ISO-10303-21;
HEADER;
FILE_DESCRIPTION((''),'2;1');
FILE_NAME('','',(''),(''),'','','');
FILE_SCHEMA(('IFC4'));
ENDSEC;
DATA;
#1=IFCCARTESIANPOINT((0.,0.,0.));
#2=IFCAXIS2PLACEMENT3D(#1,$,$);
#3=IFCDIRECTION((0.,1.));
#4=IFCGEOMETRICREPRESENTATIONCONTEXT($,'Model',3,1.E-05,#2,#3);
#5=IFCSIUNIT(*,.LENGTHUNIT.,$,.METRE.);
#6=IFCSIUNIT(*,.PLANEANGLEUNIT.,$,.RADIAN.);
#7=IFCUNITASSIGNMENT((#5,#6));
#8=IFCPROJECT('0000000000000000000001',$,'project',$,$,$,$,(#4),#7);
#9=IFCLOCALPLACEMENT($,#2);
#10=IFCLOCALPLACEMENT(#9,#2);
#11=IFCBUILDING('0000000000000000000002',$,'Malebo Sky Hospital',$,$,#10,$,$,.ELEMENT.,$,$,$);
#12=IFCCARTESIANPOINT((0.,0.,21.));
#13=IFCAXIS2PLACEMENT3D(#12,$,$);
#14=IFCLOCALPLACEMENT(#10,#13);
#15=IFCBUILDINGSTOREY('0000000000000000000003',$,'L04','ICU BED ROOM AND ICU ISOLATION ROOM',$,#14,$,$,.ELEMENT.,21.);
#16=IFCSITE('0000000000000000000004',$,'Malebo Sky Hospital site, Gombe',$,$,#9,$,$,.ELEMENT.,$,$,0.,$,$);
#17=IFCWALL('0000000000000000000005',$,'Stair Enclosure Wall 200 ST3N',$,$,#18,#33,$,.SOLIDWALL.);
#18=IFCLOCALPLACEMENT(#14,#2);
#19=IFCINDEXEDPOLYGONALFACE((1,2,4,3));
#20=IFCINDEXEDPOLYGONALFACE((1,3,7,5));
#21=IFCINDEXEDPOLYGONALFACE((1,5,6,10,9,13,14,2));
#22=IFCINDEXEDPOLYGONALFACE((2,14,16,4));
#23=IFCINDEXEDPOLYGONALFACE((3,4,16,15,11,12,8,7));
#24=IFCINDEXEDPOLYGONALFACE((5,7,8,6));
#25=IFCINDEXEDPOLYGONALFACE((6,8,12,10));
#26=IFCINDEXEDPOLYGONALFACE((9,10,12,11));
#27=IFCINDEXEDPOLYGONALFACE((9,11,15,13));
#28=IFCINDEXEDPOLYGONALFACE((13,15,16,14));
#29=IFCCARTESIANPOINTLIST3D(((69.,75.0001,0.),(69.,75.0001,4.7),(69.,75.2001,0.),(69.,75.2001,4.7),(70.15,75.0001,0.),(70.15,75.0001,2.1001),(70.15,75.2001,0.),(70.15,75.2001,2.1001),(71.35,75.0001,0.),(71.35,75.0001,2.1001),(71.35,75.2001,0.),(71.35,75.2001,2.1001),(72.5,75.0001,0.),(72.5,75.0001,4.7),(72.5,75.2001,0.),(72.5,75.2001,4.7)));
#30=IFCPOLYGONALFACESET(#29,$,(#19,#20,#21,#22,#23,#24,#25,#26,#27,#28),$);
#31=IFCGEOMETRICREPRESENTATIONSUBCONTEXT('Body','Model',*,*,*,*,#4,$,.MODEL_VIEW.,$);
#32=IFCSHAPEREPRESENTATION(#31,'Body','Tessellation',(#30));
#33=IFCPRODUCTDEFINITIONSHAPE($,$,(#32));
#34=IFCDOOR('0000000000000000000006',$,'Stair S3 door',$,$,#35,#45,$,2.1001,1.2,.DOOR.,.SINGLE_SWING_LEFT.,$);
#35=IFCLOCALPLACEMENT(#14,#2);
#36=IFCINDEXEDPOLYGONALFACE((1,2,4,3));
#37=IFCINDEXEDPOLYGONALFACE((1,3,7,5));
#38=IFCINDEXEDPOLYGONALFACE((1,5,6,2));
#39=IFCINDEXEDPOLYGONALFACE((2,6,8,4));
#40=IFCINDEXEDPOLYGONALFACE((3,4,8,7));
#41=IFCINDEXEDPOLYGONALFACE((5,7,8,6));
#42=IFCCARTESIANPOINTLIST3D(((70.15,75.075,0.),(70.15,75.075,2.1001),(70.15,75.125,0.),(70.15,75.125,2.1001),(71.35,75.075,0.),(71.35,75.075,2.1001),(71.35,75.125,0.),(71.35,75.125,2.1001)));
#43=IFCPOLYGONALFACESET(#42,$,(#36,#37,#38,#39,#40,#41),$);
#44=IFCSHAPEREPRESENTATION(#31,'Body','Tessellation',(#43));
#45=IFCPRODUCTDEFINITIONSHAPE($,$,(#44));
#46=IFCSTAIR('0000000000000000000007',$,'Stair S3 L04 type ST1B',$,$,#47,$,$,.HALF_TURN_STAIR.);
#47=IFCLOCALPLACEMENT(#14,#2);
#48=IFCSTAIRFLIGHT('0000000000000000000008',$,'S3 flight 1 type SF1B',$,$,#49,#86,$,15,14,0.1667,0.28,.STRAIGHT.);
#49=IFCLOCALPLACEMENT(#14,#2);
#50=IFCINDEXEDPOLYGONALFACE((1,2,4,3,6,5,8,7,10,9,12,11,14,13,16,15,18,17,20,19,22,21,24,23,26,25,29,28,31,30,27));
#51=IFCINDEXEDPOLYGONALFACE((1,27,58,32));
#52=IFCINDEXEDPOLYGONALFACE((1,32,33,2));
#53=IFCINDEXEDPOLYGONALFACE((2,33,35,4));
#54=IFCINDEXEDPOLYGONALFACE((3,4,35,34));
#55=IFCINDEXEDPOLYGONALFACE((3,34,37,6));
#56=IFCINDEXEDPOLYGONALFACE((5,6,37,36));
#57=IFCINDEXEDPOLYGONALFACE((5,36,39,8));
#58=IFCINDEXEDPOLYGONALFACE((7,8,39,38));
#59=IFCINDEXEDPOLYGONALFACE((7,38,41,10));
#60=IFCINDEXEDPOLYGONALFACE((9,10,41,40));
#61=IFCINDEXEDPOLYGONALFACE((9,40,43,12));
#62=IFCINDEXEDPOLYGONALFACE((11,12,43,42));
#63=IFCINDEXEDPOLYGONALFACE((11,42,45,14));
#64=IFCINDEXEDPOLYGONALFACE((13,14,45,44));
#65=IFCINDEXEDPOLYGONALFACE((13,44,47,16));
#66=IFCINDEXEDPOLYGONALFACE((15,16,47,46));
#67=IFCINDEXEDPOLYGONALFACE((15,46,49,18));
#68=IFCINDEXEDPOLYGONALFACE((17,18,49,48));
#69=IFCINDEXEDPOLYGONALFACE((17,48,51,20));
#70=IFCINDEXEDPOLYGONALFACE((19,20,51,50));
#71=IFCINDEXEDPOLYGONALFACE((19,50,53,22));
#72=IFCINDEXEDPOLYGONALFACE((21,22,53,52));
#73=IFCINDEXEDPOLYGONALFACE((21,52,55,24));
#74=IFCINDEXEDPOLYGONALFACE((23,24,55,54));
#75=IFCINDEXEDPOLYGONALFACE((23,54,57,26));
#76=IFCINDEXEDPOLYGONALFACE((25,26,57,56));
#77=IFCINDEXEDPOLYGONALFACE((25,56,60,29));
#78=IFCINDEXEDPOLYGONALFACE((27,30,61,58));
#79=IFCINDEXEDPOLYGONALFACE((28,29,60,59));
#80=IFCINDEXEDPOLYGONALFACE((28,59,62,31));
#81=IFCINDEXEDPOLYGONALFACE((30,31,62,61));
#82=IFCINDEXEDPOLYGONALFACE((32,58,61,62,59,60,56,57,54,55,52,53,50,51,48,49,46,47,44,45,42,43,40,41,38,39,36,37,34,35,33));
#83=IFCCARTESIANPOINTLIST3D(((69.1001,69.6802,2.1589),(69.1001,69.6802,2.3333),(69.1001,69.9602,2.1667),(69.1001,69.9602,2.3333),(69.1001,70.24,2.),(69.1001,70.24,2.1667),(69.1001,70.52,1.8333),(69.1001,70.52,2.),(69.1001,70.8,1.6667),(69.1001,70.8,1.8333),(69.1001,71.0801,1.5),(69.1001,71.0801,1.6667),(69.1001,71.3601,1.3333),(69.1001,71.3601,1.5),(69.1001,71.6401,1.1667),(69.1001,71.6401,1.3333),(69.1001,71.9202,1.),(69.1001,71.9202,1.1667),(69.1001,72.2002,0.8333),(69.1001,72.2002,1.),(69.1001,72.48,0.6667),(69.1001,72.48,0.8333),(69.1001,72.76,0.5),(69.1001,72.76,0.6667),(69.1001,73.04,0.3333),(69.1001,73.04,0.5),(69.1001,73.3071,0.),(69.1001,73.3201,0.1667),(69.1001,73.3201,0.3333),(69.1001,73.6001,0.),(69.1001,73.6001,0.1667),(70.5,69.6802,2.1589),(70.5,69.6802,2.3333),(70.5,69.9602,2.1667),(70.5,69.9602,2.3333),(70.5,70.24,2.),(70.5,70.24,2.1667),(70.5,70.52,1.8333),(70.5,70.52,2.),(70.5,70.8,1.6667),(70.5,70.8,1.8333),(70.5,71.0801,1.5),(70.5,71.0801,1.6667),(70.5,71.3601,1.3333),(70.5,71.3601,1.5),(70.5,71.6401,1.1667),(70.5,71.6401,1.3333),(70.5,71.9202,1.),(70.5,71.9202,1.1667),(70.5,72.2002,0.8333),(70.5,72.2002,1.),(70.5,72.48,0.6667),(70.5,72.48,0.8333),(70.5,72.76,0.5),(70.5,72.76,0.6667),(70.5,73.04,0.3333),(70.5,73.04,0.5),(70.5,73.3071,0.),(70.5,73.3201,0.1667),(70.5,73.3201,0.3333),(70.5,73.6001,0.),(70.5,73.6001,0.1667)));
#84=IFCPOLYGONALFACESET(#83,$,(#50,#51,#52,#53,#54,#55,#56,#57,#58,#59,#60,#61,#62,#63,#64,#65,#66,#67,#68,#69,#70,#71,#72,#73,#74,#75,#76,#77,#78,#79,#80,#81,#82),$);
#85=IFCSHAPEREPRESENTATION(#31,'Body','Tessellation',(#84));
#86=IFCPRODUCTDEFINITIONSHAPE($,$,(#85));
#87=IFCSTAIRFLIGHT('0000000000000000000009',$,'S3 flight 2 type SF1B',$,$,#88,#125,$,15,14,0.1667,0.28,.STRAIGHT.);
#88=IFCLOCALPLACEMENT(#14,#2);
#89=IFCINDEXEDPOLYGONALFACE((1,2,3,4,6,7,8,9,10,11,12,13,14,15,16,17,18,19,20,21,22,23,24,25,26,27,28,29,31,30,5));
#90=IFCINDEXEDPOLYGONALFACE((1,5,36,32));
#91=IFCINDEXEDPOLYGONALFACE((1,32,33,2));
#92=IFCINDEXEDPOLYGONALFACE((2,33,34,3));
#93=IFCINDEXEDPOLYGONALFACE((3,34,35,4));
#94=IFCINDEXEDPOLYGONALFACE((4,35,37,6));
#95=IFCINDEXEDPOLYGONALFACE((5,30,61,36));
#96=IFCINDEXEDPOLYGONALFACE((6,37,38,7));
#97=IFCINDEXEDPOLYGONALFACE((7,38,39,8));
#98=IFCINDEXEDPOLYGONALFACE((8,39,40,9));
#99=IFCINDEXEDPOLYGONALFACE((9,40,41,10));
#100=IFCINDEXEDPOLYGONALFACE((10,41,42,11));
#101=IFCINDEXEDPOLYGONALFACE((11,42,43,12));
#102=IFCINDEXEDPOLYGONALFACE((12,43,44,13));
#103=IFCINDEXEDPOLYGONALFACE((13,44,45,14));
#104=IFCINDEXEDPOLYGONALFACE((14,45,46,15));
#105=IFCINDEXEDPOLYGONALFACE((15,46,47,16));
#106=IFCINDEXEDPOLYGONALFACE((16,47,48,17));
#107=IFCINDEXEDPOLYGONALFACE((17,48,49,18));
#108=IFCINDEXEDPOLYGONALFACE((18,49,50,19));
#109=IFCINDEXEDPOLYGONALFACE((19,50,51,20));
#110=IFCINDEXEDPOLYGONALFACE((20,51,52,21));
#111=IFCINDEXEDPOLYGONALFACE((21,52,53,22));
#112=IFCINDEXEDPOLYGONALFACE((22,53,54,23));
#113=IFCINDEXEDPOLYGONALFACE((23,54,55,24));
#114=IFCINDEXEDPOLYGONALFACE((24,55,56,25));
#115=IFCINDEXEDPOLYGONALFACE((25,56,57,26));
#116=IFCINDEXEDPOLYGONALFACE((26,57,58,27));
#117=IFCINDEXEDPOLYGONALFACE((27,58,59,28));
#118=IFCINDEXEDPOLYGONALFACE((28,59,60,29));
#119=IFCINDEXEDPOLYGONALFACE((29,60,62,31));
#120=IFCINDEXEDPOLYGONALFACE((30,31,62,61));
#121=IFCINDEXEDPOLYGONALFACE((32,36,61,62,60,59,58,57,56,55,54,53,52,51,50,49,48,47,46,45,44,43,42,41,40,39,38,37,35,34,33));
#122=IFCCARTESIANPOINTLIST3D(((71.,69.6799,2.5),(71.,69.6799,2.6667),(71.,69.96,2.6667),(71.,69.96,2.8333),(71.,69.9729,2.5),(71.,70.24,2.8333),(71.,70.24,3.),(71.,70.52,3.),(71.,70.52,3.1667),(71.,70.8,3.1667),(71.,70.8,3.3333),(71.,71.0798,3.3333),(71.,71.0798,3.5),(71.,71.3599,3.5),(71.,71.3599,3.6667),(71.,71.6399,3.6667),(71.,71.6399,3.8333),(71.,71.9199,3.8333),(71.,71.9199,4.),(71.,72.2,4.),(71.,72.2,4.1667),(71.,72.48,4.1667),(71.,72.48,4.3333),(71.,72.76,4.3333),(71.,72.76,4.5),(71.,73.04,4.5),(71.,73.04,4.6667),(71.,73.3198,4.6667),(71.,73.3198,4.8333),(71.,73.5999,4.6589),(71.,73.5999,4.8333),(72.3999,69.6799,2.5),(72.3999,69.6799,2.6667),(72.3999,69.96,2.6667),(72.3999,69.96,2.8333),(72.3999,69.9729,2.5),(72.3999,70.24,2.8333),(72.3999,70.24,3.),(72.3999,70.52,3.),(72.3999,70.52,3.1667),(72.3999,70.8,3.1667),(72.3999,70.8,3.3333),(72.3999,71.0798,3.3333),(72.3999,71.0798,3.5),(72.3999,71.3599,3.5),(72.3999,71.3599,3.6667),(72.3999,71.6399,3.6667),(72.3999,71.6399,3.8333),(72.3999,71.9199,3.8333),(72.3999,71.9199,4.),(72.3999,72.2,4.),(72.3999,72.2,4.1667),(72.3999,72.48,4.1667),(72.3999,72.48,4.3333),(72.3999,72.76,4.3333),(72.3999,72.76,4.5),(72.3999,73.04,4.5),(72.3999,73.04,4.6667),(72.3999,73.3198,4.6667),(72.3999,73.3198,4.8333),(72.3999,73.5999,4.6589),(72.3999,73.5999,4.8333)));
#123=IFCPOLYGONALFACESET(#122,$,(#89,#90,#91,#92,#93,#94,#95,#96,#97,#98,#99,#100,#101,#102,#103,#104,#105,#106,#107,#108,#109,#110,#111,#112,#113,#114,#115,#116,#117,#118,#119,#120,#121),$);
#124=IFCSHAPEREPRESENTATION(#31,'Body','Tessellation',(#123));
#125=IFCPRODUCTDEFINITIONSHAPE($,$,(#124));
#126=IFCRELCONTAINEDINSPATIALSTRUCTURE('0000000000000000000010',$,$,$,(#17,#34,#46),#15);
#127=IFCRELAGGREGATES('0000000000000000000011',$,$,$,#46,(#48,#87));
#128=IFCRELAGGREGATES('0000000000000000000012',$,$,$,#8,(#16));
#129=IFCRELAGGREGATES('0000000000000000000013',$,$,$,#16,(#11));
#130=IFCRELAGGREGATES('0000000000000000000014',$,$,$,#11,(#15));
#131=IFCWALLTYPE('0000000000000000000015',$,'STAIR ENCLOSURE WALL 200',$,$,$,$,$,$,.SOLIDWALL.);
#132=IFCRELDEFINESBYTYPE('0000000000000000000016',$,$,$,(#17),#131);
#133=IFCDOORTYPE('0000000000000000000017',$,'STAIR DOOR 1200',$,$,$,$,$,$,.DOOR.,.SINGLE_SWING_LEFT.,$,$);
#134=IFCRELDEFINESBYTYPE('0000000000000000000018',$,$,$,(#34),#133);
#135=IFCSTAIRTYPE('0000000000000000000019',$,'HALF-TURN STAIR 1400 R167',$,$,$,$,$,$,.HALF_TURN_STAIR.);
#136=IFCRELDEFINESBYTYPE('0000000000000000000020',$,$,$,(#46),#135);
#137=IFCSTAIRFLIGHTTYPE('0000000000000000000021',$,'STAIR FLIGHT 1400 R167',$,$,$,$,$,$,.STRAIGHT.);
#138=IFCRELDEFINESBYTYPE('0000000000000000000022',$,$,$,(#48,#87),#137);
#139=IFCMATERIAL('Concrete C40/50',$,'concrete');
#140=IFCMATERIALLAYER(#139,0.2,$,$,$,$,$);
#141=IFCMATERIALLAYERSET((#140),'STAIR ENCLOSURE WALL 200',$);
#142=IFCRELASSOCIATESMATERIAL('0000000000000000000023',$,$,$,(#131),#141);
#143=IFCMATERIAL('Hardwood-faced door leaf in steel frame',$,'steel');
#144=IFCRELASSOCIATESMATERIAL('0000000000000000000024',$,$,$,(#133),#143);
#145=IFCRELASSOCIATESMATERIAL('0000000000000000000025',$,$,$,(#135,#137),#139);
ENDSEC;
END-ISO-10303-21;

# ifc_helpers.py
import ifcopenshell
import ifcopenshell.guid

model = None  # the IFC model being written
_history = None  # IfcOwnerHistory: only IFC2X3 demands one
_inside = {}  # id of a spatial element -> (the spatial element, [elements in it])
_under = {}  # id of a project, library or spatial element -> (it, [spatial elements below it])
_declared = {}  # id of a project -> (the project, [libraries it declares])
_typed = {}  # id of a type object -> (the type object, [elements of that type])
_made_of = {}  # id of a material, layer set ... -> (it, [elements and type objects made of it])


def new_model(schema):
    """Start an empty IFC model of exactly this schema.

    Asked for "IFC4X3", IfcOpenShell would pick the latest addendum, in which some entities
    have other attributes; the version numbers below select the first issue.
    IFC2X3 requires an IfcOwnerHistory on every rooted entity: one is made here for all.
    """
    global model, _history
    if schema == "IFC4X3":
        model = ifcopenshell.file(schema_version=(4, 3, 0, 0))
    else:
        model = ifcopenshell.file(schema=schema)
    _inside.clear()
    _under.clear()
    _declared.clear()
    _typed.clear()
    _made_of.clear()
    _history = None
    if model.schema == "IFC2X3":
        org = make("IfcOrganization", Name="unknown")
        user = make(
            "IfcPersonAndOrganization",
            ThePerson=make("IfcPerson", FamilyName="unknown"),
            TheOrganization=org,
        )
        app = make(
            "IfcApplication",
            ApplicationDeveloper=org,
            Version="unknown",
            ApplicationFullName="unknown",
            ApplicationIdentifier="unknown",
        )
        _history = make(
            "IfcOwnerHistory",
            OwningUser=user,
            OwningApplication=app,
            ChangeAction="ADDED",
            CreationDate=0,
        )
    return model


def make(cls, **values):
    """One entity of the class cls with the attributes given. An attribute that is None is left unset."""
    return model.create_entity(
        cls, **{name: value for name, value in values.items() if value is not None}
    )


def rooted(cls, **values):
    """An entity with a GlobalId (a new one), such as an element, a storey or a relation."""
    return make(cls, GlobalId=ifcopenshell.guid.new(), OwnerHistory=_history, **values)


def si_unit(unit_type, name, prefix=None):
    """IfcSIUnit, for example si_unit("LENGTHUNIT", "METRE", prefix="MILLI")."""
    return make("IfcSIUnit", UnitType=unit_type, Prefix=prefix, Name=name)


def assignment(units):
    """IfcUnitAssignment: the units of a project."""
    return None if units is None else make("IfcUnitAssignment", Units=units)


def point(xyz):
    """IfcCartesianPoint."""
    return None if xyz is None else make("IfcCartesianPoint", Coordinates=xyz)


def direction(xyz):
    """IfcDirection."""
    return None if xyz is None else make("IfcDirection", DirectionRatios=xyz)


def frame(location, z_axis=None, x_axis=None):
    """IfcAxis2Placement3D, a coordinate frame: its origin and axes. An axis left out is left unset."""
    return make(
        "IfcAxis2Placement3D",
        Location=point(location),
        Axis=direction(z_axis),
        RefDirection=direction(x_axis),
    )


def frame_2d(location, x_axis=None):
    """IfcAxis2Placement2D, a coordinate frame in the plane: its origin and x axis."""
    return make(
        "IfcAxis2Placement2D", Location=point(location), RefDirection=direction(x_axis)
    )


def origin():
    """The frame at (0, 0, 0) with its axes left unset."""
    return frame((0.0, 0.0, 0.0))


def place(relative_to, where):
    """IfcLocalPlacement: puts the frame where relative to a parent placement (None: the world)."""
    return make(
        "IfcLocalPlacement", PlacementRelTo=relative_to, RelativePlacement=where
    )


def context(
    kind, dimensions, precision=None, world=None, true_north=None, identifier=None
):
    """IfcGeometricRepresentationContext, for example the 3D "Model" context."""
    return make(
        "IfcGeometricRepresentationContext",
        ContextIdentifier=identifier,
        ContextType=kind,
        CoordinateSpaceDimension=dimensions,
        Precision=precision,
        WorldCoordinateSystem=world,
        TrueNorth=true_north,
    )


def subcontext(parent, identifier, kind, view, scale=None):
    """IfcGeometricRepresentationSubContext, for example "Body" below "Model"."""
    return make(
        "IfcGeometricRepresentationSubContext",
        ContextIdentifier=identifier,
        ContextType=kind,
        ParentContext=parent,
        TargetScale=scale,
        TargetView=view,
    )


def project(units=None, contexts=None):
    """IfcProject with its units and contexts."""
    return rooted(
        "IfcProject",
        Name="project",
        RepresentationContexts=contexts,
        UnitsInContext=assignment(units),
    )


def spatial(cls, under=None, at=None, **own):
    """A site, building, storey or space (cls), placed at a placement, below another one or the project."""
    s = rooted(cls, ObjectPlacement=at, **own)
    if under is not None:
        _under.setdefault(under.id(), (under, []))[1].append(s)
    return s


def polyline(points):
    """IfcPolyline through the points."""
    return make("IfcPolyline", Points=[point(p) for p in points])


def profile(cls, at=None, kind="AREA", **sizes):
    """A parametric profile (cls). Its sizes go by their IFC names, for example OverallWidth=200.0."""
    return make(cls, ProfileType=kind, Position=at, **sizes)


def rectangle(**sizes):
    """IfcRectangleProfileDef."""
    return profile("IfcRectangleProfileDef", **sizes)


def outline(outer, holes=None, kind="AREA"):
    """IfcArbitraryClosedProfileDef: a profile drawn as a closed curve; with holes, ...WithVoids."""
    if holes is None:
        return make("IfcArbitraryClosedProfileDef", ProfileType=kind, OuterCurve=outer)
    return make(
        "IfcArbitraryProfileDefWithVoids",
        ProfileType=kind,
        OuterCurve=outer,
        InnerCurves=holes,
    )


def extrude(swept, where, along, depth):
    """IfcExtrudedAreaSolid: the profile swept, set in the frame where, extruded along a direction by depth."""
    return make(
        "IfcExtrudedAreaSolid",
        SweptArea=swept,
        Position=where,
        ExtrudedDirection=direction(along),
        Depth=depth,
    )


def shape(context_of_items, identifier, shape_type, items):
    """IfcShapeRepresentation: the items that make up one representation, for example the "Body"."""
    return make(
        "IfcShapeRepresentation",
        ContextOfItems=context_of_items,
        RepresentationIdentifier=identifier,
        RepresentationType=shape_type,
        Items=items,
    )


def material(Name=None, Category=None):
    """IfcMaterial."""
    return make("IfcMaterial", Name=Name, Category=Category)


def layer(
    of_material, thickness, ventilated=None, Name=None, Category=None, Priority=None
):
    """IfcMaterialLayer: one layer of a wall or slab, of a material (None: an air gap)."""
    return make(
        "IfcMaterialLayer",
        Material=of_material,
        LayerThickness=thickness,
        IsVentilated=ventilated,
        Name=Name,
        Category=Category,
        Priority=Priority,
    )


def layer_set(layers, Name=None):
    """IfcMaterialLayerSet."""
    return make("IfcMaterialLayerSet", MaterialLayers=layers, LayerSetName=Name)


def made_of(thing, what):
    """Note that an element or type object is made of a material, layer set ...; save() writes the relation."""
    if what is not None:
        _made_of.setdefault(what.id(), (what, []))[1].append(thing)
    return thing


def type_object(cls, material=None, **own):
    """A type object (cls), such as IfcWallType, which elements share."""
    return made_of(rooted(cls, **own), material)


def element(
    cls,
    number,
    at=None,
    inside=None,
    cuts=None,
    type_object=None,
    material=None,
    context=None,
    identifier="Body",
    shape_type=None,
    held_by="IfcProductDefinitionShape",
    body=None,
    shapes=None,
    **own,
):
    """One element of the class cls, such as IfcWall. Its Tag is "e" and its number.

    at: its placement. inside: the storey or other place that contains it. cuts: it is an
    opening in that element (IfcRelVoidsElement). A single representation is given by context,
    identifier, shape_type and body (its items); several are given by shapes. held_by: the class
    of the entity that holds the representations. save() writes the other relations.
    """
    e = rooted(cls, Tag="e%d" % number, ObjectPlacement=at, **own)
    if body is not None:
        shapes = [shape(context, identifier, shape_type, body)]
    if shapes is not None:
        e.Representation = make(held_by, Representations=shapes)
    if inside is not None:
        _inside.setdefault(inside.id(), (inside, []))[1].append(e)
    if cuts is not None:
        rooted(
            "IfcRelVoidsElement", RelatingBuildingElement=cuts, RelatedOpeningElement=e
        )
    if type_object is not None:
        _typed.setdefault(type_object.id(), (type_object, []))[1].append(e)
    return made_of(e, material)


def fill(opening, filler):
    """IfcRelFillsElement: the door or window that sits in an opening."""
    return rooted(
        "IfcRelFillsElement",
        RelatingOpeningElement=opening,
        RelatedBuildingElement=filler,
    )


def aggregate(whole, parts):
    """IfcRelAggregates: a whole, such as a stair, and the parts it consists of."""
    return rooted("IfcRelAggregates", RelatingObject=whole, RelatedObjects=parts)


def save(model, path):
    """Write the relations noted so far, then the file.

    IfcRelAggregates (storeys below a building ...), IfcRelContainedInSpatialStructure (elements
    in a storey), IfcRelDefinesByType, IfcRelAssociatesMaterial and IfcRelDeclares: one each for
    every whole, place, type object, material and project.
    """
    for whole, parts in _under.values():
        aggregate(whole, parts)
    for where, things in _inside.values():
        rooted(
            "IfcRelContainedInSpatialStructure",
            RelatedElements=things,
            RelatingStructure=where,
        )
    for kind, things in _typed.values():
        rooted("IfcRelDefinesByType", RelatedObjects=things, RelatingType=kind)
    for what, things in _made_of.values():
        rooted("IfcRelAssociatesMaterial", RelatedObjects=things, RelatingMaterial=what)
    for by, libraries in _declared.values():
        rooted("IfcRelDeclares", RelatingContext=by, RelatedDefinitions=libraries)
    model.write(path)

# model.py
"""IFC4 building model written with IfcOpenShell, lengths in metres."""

from ifc_helpers import new_model, si_unit, direction, frame, frame_2d, origin, place, context, subcontext, project, spatial, polyline, rectangle, outline, extrude, material, layer, layer_set, type_object, element, fill, aggregate, save


model = new_model("IFC4")

# Units and contexts
model_context = context("Model", 3, precision=1e-05, world=origin(), true_north=direction((0.0, 1.0)))
body_context = subcontext(model_context, "Body", "Model", "MODEL_VIEW")
ifc_project = project(units=[si_unit("LENGTHUNIT", "METRE"), si_unit("PLANEANGLEUNIT", "RADIAN")], contexts=[model_context])

# Site, building, storey
site_placement = place(None, origin())
site = spatial("IfcSite", under=ifc_project, at=site_placement, Name="Malebo Sky Hospital site, Gombe", CompositionType="ELEMENT", RefElevation=0.0)
building_placement = place(site_placement, origin())
building = spatial("IfcBuilding", under=site, at=building_placement, Name="Malebo Sky Hospital", CompositionType="ELEMENT")
storey_placement = place(building_placement, frame((0.0, 0.0, 21.0)))
storey = spatial("IfcBuildingStorey", under=building, at=storey_placement, Name="L04", Description="ICU BED ROOM AND ICU ISOLATION ROOM", CompositionType="ELEMENT", Elevation=21.0)

# Shared definitions
ifc_material_1 = material(Name="Hardwood-faced door leaf in steel frame", Category="steel")

# Shared definitions
ifc_material_2 = material(Name="Concrete C40/50", Category="concrete")
ifc_layer_1 = layer(ifc_material_2, 0.2)
ifc_layer_set_1 = layer_set([ifc_layer_1], Name="STAIR ENCLOSURE WALL 200")
wall_type_1 = type_object("IfcWallType", Name="STAIR ENCLOSURE WALL 200", PredefinedType="SOLIDWALL", material=ifc_layer_set_1)

# Wall, opening, door
wall_1_placement = place(storey_placement, frame((69.0, 75.1001, 0.0), z_axis=(0.0, 0.0, 1.0), x_axis=(1.0, 0.0, 0.0)))
wall_1 = element("IfcWall", 1, at=wall_1_placement, inside=storey, type_object=wall_type_1, Name="Stair Enclosure Wall 200 ST3N", PredefinedType="SOLIDWALL", context=body_context, shape_type="SweptSolid", body=[
    extrude(rectangle(XDim=3.5, YDim=0.2, at=frame_2d((1.75, 0.0))), origin(), (0.0, 0.0, 1.0), 4.7),
])
opening_1_placement = place(wall_1_placement, frame((1.1499, 0.0, 0.0)))
opening_1 = element("IfcOpeningElement", 2, at=opening_1_placement, cuts=wall_1, PredefinedType="OPENING", context=body_context, shape_type="SweptSolid", body=[
    extrude(rectangle(XDim=1.2, YDim=2.1001, at=frame_2d((0.6001, 1.05))), frame((0.0, 0.1099, 0.0), z_axis=(0.0, -1.0, 0.0), x_axis=(1.0, 0.0, 0.0)), (0.0, 0.0, 1.0), 0.22),
])
door_type_1 = type_object("IfcDoorType", Name="STAIR DOOR 1200", OperationType="SINGLE_SWING_LEFT", PredefinedType="DOOR", material=ifc_material_1)
door_1_placement = place(opening_1_placement, origin())
door_1 = element("IfcDoor", 3, at=door_1_placement, inside=storey, type_object=door_type_1, Name="Stair S3 door", OperationType="SINGLE_SWING_LEFT", OverallHeight=2.1001, OverallWidth=1.2, PredefinedType="DOOR", context=body_context, shape_type="SweptSolid", body=[
    extrude(rectangle(XDim=1.2, YDim=2.1001, at=frame_2d((0.6001, 1.05))), frame((0.0, 0.0249, 0.0), z_axis=(0.0, -1.0, 0.0), x_axis=(1.0, 0.0, 0.0)), (0.0, 0.0, 1.0), 0.05),
])
fill(opening_1, door_1)

# Stair, stair flights
stair_type = type_object("IfcStairType", Name="HALF-TURN STAIR 1400 R167", PredefinedType="HALF_TURN_STAIR", material=ifc_material_2)
stair_placement = place(storey_placement, origin())
stair = element("IfcStair", 4, at=stair_placement, inside=storey, type_object=stair_type, Name="Stair S3 L04 type ST1B", PredefinedType="HALF_TURN_STAIR")
stair_flight_type = type_object("IfcStairFlightType", Name="STAIR FLIGHT 1400 R167", PredefinedType="STRAIGHT", material=ifc_material_2)
stair_flight_1_placement = place(storey_placement, frame((69.8, 73.6001, 0.0), z_axis=(0.0, 0.0, 1.0), x_axis=(0.0, -1.0, 0.0)))
stair_flight_1 = element("IfcStairFlight", 5, at=stair_flight_1_placement, type_object=stair_flight_type, Name="S3 flight 1 type SF1B", NumberOfRisers=15, NumberOfTreads=14, PredefinedType="STRAIGHT", RiserHeight=0.1667, TreadLength=0.28, context=body_context, shape_type="SweptSolid", body=[
    extrude(outline(polyline([(0.0, 0.0), (0.0, 0.1667), (0.28, 0.1667), (0.28, 0.3333), (0.5601, 0.3333), (0.5601, 0.5), (0.8401, 0.5), (0.8401, 0.6667), (1.1201, 0.6667), (1.1201, 0.8333), (1.3999, 0.8333), (1.3999, 1.0), (1.6799, 1.0), (1.6799, 1.1667), (1.96, 1.1667), (1.96, 1.3333), (2.24, 1.3333), (2.24, 1.5), (2.52, 1.5), (2.52, 1.6667), (2.8, 1.6667), (2.8, 1.8333), (3.0801, 1.8333), (3.0801, 2.0), (3.3601, 2.0), (3.3601, 2.1667), (3.6399, 2.1667), (3.6399, 2.3333), (3.9199, 2.3333), (3.9199, 2.5), (3.9199, 2.1589), (0.293, 0.0), (0.0, 0.0)])), frame((0.0, 0.7, 0.0), z_axis=(0.0, -1.0, 0.0), x_axis=(1.0, 0.0, 0.0)), (0.0, 0.0, 1.0), 1.3999),
])
stair_flight_2_placement = place(storey_placement, frame((71.7, 69.6799, 2.5), z_axis=(0.0, 0.0, 1.0), x_axis=(0.0, 1.0, 0.0)))
stair_flight_2 = element("IfcStairFlight", 6, at=stair_flight_2_placement, type_object=stair_flight_type, Name="S3 flight 2 type SF1B", NumberOfRisers=15, NumberOfTreads=14, PredefinedType="STRAIGHT", RiserHeight=0.1667, TreadLength=0.28, context=body_context, shape_type="SweptSolid", body=[
    extrude(outline(polyline([(0.0, 0.0), (0.0, 0.1667), (0.28, 0.1667), (0.28, 0.3333), (0.5601, 0.3333), (0.5601, 0.5), (0.8401, 0.5), (0.8401, 0.6667), (1.1201, 0.6667), (1.1201, 0.8333), (1.3999, 0.8333), (1.3999, 1.0), (1.6799, 1.0), (1.6799, 1.1667), (1.96, 1.1667), (1.96, 1.3333), (2.24, 1.3333), (2.24, 1.5), (2.52, 1.5), (2.52, 1.6667), (2.8, 1.6667), (2.8, 1.8333), (3.0801, 1.8333), (3.0801, 2.0), (3.3601, 2.0), (3.3601, 2.1667), (3.6399, 2.1667), (3.6399, 2.3333), (3.9199, 2.3333), (3.9199, 2.5), (3.9199, 2.1589), (0.293, 0.0), (0.0, 0.0)])), frame((0.0, 0.7, 0.0), z_axis=(0.0, -1.0, 0.0), x_axis=(1.0, 0.0, 0.0)), (0.0, 0.0, 1.0), 1.3999),
])
aggregate(stair, [stair_flight_1, stair_flight_2])

save(model, "model.ifc")
